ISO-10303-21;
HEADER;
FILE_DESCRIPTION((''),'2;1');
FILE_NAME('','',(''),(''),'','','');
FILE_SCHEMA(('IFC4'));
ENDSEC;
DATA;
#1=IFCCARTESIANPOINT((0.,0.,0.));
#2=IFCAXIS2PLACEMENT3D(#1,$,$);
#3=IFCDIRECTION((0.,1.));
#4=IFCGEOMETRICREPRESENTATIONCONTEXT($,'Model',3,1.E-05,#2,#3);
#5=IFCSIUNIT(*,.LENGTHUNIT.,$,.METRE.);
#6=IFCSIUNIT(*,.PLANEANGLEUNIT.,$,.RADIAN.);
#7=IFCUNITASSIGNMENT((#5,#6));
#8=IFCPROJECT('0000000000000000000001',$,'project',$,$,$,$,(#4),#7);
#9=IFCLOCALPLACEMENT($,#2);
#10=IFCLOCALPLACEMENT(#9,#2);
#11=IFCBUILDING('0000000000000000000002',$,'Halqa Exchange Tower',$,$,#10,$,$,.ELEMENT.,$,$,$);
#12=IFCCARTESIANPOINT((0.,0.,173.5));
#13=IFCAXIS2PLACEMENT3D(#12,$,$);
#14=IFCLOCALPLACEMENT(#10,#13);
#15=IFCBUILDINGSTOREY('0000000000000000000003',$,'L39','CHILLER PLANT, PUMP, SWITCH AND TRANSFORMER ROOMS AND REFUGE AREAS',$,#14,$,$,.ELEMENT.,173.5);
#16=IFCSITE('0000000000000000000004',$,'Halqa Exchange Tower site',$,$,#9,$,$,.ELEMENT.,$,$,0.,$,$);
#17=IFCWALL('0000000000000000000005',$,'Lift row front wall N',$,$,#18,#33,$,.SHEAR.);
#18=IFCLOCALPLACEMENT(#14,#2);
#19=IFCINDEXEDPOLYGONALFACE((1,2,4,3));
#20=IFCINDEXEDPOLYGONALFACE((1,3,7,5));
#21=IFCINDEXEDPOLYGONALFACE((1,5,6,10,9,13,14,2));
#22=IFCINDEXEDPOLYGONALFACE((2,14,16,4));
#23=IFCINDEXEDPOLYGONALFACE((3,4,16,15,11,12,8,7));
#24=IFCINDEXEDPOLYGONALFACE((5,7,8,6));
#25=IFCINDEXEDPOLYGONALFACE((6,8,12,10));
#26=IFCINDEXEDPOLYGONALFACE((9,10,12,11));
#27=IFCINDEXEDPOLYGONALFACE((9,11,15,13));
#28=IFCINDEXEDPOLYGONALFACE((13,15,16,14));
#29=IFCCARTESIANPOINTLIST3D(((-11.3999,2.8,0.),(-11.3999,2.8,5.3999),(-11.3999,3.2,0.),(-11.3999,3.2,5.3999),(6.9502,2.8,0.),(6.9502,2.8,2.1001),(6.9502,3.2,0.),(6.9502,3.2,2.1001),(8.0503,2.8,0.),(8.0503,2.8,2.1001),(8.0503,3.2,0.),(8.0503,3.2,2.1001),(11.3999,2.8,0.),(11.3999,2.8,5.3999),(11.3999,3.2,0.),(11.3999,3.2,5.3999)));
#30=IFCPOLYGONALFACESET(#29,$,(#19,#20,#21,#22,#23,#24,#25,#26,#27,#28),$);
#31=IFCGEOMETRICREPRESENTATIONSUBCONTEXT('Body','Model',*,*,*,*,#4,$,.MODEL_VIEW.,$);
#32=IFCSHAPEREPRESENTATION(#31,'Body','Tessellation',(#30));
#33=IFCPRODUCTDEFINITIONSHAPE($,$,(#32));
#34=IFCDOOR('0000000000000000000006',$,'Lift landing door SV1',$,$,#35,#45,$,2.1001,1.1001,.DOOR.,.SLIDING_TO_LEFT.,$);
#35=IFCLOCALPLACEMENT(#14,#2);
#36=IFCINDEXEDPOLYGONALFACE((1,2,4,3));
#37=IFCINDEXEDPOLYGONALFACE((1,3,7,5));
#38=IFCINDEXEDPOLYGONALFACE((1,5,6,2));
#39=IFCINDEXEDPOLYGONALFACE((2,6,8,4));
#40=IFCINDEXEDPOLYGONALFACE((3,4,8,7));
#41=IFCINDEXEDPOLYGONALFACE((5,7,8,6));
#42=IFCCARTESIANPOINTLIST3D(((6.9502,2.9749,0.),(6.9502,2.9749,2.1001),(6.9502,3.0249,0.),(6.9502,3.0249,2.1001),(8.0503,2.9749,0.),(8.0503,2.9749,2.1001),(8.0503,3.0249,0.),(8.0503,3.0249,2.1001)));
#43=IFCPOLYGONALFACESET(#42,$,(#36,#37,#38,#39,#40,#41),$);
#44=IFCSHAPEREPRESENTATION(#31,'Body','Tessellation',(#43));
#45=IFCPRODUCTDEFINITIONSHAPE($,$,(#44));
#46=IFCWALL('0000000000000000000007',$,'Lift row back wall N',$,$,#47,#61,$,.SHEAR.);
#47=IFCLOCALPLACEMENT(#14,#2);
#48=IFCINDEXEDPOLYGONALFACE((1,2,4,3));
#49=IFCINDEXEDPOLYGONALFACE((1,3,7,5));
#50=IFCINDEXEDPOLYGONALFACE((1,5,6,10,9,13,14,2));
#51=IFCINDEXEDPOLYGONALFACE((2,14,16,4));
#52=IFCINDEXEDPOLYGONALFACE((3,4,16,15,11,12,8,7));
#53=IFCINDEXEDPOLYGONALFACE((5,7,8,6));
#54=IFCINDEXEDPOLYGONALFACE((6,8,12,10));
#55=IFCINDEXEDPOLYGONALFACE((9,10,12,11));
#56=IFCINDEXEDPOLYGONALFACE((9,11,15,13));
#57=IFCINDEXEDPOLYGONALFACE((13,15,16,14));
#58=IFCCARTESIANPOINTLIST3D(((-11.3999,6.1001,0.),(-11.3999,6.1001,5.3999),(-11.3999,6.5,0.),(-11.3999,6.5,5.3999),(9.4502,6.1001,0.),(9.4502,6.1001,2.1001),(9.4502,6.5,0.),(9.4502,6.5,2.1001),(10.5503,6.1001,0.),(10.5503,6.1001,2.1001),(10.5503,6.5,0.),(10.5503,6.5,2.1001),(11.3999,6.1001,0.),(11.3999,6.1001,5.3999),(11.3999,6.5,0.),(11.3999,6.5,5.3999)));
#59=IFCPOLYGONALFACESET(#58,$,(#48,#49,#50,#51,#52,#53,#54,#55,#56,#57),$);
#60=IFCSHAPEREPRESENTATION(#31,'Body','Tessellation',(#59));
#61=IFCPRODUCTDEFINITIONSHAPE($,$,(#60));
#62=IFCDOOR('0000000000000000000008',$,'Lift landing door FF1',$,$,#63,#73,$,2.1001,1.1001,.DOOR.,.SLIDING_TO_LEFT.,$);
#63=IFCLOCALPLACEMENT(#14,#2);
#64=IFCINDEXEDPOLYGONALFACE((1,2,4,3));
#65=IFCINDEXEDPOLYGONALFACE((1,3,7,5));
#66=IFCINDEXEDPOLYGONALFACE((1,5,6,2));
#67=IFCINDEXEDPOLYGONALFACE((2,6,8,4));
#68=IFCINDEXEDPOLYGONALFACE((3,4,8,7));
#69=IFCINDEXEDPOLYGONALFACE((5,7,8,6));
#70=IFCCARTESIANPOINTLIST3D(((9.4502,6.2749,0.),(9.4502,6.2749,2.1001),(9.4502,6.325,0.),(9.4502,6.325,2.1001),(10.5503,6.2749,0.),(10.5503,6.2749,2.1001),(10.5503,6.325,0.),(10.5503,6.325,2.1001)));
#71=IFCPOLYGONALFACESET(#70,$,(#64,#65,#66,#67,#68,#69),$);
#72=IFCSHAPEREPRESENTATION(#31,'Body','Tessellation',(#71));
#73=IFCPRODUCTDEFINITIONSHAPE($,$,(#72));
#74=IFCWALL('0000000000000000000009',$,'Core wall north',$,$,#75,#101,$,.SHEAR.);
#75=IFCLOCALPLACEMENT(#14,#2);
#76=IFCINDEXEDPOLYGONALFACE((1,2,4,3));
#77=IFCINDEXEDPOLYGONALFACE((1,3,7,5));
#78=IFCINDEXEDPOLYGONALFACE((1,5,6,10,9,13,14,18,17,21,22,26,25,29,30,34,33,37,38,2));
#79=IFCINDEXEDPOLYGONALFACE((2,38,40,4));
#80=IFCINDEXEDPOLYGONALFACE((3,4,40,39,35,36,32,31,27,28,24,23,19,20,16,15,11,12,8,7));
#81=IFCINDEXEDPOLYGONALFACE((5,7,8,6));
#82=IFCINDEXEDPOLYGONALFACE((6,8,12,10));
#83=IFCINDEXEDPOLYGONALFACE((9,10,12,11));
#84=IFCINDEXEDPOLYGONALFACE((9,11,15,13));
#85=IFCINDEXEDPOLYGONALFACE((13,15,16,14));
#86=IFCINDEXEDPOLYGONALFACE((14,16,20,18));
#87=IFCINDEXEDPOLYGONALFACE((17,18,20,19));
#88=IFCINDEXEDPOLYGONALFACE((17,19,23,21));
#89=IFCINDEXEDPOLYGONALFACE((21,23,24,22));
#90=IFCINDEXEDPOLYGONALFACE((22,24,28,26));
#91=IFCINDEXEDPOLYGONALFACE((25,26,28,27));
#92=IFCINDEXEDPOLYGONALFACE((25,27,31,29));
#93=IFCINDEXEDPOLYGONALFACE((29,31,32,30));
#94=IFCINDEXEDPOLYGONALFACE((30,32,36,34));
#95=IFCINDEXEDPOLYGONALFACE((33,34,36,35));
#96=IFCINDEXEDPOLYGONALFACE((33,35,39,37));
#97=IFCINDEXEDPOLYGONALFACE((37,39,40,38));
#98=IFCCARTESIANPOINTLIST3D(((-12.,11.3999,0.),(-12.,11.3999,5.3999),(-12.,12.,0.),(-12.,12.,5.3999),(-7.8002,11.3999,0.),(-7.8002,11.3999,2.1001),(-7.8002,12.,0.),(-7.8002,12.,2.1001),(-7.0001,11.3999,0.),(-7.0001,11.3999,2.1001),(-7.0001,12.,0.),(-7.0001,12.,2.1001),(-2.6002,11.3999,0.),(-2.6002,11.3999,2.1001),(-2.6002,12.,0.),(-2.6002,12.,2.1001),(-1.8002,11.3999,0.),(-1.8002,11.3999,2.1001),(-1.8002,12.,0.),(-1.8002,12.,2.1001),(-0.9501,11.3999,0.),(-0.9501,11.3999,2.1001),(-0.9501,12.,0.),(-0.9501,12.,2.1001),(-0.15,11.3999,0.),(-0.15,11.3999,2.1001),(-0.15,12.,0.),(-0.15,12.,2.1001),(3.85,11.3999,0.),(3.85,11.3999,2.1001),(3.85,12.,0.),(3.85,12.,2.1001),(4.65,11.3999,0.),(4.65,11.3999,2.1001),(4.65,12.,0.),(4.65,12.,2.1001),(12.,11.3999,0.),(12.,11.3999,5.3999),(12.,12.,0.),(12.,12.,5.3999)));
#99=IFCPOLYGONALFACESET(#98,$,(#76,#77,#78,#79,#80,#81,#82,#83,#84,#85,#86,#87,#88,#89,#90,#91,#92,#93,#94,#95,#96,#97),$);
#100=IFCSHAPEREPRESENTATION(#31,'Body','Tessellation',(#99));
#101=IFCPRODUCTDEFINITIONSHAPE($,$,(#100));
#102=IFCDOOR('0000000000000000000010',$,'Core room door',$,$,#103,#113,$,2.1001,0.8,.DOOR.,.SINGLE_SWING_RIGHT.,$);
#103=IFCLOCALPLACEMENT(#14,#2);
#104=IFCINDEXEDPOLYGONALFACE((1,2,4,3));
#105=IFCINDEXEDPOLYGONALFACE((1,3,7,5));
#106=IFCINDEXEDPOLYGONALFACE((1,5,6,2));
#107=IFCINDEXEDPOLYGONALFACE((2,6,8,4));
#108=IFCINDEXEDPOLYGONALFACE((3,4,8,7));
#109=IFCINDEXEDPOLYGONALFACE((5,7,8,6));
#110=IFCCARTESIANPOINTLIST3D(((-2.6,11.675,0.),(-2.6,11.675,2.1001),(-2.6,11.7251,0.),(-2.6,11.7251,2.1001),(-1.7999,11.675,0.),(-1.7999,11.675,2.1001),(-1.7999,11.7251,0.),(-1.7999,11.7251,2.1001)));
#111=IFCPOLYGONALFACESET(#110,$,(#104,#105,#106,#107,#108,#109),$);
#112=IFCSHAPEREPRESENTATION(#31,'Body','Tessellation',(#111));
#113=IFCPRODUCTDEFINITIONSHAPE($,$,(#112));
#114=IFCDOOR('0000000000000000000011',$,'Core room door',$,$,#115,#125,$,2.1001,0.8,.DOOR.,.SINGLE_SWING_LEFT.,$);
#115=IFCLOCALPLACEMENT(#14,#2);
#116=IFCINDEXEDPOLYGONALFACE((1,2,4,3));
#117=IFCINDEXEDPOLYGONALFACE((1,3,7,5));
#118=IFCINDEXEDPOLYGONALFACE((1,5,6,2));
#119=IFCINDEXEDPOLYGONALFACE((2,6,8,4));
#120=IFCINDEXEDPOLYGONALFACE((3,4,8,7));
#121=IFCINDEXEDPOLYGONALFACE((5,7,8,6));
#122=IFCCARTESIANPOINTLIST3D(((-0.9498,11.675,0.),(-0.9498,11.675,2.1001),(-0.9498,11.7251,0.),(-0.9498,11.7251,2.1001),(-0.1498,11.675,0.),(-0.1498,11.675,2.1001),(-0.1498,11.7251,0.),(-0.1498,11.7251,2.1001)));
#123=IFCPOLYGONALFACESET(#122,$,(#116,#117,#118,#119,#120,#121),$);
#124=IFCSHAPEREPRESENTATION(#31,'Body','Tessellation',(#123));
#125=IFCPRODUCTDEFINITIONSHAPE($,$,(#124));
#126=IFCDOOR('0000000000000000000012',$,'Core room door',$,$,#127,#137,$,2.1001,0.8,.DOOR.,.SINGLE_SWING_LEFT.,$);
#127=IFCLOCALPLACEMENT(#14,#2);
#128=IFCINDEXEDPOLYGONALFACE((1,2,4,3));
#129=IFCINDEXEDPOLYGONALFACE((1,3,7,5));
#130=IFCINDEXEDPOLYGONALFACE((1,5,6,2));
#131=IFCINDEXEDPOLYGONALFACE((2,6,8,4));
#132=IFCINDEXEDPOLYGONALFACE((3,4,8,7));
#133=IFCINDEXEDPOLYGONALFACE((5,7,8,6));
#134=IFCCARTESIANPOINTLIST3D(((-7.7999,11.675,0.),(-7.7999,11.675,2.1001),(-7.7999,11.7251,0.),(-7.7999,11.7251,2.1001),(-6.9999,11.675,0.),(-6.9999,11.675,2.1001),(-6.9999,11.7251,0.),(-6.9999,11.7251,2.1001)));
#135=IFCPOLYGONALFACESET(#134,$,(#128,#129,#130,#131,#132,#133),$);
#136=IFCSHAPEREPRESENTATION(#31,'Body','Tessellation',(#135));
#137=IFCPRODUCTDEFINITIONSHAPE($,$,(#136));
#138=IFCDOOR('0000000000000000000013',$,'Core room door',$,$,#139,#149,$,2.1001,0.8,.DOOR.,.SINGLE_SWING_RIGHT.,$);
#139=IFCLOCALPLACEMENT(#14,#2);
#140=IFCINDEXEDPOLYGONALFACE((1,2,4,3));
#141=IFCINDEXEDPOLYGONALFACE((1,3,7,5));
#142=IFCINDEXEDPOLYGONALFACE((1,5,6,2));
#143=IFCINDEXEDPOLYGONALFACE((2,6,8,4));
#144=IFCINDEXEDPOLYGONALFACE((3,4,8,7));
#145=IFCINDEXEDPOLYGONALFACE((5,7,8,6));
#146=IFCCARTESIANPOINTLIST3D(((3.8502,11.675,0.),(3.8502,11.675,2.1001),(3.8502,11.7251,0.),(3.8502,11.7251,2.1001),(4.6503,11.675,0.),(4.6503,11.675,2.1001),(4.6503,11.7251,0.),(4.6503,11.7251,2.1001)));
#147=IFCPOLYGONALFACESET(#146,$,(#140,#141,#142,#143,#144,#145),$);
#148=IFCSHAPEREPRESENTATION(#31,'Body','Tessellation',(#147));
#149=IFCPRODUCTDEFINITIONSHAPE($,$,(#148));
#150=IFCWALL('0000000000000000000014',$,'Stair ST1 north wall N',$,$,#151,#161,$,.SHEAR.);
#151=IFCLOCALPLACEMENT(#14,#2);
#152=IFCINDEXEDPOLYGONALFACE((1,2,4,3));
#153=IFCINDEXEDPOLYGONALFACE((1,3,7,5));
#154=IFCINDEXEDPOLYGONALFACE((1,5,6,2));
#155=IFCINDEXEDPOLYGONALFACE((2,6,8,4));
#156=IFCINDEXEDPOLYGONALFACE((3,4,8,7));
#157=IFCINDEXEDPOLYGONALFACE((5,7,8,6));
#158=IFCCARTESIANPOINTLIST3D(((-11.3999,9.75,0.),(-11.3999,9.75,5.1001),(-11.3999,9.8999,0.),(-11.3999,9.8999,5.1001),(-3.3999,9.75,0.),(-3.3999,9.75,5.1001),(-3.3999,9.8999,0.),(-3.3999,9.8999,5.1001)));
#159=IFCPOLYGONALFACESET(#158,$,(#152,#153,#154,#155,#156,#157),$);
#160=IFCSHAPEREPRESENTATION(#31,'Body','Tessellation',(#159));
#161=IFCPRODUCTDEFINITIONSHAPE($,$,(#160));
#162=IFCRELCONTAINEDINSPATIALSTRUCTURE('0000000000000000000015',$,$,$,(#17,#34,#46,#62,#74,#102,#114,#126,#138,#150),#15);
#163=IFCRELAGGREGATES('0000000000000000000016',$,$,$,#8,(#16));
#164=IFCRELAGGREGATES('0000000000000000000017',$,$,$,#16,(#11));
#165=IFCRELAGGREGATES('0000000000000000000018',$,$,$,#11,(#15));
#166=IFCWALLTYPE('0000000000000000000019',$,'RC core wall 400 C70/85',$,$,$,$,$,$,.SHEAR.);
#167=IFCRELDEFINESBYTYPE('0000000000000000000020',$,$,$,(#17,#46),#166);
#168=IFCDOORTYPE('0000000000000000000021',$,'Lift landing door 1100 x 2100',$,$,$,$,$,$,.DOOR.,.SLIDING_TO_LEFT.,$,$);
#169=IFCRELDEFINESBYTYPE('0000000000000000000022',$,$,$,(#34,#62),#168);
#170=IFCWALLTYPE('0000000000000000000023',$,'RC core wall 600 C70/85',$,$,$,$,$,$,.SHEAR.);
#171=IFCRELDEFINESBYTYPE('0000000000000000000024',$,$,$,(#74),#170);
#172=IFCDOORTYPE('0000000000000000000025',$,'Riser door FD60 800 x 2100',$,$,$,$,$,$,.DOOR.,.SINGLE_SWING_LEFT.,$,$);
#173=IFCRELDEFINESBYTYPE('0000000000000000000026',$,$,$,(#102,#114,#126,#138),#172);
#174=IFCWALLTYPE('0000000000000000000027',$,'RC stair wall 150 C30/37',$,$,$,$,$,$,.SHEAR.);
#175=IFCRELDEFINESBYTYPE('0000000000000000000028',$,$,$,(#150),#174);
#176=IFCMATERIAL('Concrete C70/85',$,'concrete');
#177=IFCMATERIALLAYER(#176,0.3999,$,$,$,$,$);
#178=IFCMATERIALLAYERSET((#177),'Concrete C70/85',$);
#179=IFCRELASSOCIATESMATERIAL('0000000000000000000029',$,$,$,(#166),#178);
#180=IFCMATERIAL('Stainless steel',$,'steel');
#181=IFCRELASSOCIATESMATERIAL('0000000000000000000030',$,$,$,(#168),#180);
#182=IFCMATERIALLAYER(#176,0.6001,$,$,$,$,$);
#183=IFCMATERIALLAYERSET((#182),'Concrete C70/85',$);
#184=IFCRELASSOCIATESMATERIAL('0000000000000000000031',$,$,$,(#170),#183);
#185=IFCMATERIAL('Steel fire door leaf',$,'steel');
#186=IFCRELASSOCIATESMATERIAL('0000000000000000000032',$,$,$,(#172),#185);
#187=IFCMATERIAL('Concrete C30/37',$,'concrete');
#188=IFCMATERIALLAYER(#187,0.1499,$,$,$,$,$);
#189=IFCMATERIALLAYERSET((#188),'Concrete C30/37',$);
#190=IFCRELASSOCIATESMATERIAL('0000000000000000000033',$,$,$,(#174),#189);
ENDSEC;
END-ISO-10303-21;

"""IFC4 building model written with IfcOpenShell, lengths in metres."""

from ifc_helpers import new_model, si_unit, direction, frame, frame_2d, origin, place, context, subcontext, project, spatial, rectangle, extrude, material, layer, layer_set, type_object, element, fill, save


model = new_model("IFC4")

# Units and contexts
model_context = context("Model", 3, precision=1e-05, world=origin(), true_north=direction((0.0, 1.0)))
body_context = subcontext(model_context, "Body", "Model", "MODEL_VIEW")
ifc_project = project(units=[si_unit("LENGTHUNIT", "METRE"), si_unit("PLANEANGLEUNIT", "RADIAN")], contexts=[model_context])

# Site, building, storey
site_placement = place(None, origin())
site = spatial("IfcSite", under=ifc_project, at=site_placement, Name="Halqa Exchange Tower site", CompositionType="ELEMENT", RefElevation=0.0)
building_placement = place(site_placement, origin())
building = spatial("IfcBuilding", under=site, at=building_placement, Name="Halqa Exchange Tower", CompositionType="ELEMENT")
storey_placement = place(building_placement, frame((0.0, 0.0, 173.5)))
storey = spatial("IfcBuildingStorey", under=building, at=storey_placement, Name="L39", Description="CHILLER PLANT, PUMP, SWITCH AND TRANSFORMER ROOMS AND REFUGE AREAS", CompositionType="ELEMENT", Elevation=173.5)

# Shared definitions
ifc_material_1 = material(Name="Steel fire door leaf", Category="steel")

# Walls, openings, doors
ifc_material_2 = material(Name="Concrete C70/85", Category="concrete")
ifc_layer_1 = layer(ifc_material_2, 0.3999)
ifc_layer_set_1 = layer_set([ifc_layer_1], Name="Concrete C70/85")
wall_type_1 = type_object("IfcWallType", Name="RC core wall 400 C70/85", PredefinedType="SHEAR", material=ifc_layer_set_1)
wall_1_placement = place(storey_placement, frame((-11.3999, 3.0, 0.0), z_axis=(0.0, 0.0, 1.0), x_axis=(1.0, 0.0, 0.0)))
wall_1 = element("IfcWall", 1, at=wall_1_placement, inside=storey, type_object=wall_type_1, Name="Lift row front wall N", PredefinedType="SHEAR", context=body_context, shape_type="SweptSolid", body=[
    extrude(rectangle(XDim=22.7998, YDim=0.3999, at=frame_2d((11.3999, 0.0))), origin(), (0.0, 0.0, 1.0), 5.3999),
])
opening_1_placement = place(wall_1_placement, frame((18.3501, 0.0, 0.0)))
opening_1 = element("IfcOpeningElement", 2, at=opening_1_placement, cuts=wall_1, PredefinedType="OPENING", context=body_context, shape_type="SweptSolid", body=[
    extrude(rectangle(XDim=1.1001, YDim=2.1001, at=frame_2d((0.55, 1.05))), frame((0.0, 0.2119, 0.0), z_axis=(0.0, -1.0, 0.0), x_axis=(1.0, 0.0, 0.0)), (0.0, 0.0, 1.0), 0.4238),
])
ifc_material_3 = material(Name="Stainless steel", Category="steel")
door_type_1 = type_object("IfcDoorType", Name="Lift landing door 1100 x 2100", OperationType="SLIDING_TO_LEFT", PredefinedType="DOOR", material=ifc_material_3)
door_1_placement = place(opening_1_placement, origin())
door_1 = element("IfcDoor", 3, at=door_1_placement, inside=storey, type_object=door_type_1, Name="Lift landing door SV1", OperationType="SLIDING_TO_LEFT", OverallHeight=2.1001, OverallWidth=1.1001, PredefinedType="DOOR", context=body_context, shape_type="SweptSolid", body=[
    extrude(rectangle(XDim=1.1001, YDim=2.1001, at=frame_2d((0.55, 1.05))), frame((0.0, 0.0249, 0.0), z_axis=(0.0, -1.0, 0.0), x_axis=(1.0, 0.0, 0.0)), (0.0, 0.0, 1.0), 0.05),
])
fill(opening_1, door_1)
wall_2_placement = place(storey_placement, frame((-11.3999, 6.3, 0.0), z_axis=(0.0, 0.0, 1.0), x_axis=(1.0, 0.0, 0.0)))
wall_2 = element("IfcWall", 4, at=wall_2_placement, inside=storey, type_object=wall_type_1, Name="Lift row back wall N", PredefinedType="SHEAR", context=body_context, shape_type="SweptSolid", body=[
    extrude(rectangle(XDim=22.7998, YDim=0.3999, at=frame_2d((11.3999, 0.0))), origin(), (0.0, 0.0, 1.0), 5.3999),
])
opening_2_placement = place(wall_2_placement, frame((20.8501, 0.0, 0.0)))
opening_2 = element("IfcOpeningElement", 5, at=opening_2_placement, cuts=wall_2, PredefinedType="OPENING", context=body_context, shape_type="SweptSolid", body=[
    extrude(rectangle(XDim=1.1001, YDim=2.1001, at=frame_2d((0.55, 1.05))), frame((0.0, 0.2119, 0.0), z_axis=(0.0, -1.0, 0.0), x_axis=(1.0, 0.0, 0.0)), (0.0, 0.0, 1.0), 0.4238),
])
door_2_placement = place(opening_2_placement, origin())
door_2 = element("IfcDoor", 6, at=door_2_placement, inside=storey, type_object=door_type_1, Name="Lift landing door FF1", OperationType="SLIDING_TO_LEFT", OverallHeight=2.1001, OverallWidth=1.1001, PredefinedType="DOOR", context=body_context, shape_type="SweptSolid", body=[
    extrude(rectangle(XDim=1.1001, YDim=2.1001, at=frame_2d((0.55, 1.05))), frame((0.0, 0.0249, 0.0), z_axis=(0.0, -1.0, 0.0), x_axis=(1.0, 0.0, 0.0)), (0.0, 0.0, 1.0), 0.05),
])
fill(opening_2, door_2)

# Wall, openings, doors
ifc_layer_2 = layer(ifc_material_2, 0.6001)
ifc_layer_set_2 = layer_set([ifc_layer_2], Name="Concrete C70/85")
wall_type_2 = type_object("IfcWallType", Name="RC core wall 600 C70/85", PredefinedType="SHEAR", material=ifc_layer_set_2)
wall_3_placement = place(storey_placement, frame((-12.0, 11.7, 0.0), z_axis=(0.0, 0.0, 1.0), x_axis=(1.0, 0.0, 0.0)))
wall_3 = element("IfcWall", 7, at=wall_3_placement, inside=storey, type_object=wall_type_2, Name="Core wall north", PredefinedType="SHEAR", context=body_context, shape_type="SweptSolid", body=[
    extrude(rectangle(XDim=24.0, YDim=0.6001, at=frame_2d((12.0, 0.0))), origin(), (0.0, 0.0, 1.0), 5.3999),
])
opening_3_placement = place(wall_3_placement, frame((9.3999, 0.0, 0.0)))
opening_3 = element("IfcOpeningElement", 8, at=opening_3_placement, cuts=wall_3, PredefinedType="OPENING", context=body_context, shape_type="SweptSolid", body=[
    extrude(rectangle(XDim=0.8, YDim=2.1001, at=frame_2d((0.3999, 1.05))), frame((0.0, 0.312, 0.0), z_axis=(0.0, -1.0, 0.0), x_axis=(1.0, 0.0, 0.0)), (0.0, 0.0, 1.0), 0.624),
])
opening_4_placement = place(wall_3_placement, frame((11.05, 0.0, 0.0)))
opening_4 = element("IfcOpeningElement", 9, at=opening_4_placement, cuts=wall_3, PredefinedType="OPENING", context=body_context, shape_type="SweptSolid", body=[
    extrude(rectangle(XDim=0.8, YDim=2.1001, at=frame_2d((0.3999, 1.05))), frame((0.0, 0.312, 0.0), z_axis=(0.0, -1.0, 0.0), x_axis=(1.0, 0.0, 0.0)), (0.0, 0.0, 1.0), 0.624),
])
opening_5_placement = place(wall_3_placement, frame((4.2, 0.0, 0.0)))
opening_5 = element("IfcOpeningElement", 10, at=opening_5_placement, cuts=wall_3, PredefinedType="OPENING", context=body_context, shape_type="SweptSolid", body=[
    extrude(rectangle(XDim=0.8, YDim=2.1001, at=frame_2d((0.3999, 1.05))), frame((0.0, 0.312, 0.0), z_axis=(0.0, -1.0, 0.0), x_axis=(1.0, 0.0, 0.0)), (0.0, 0.0, 1.0), 0.624),
])
opening_6_placement = place(wall_3_placement, frame((15.8501, 0.0, 0.0)))
opening_6 = element("IfcOpeningElement", 11, at=opening_6_placement, cuts=wall_3, PredefinedType="OPENING", context=body_context, shape_type="SweptSolid", body=[
    extrude(rectangle(XDim=0.8, YDim=2.1001, at=frame_2d((0.3999, 1.05))), frame((0.0, 0.312, 0.0), z_axis=(0.0, -1.0, 0.0), x_axis=(1.0, 0.0, 0.0)), (0.0, 0.0, 1.0), 0.624),
])
door_type_2 = type_object("IfcDoorType", Name="Riser door FD60 800 x 2100", OperationType="SINGLE_SWING_LEFT", PredefinedType="DOOR", material=ifc_material_1)
door_3_placement = place(opening_3_placement, frame((0.8, 0.0, 0.0), z_axis=(0.0, 0.0, 1.0), x_axis=(-1.0, 0.0, 0.0)))
door_3 = element("IfcDoor", 12, at=door_3_placement, inside=storey, type_object=door_type_2, Name="Core room door", OperationType="SINGLE_SWING_RIGHT", OverallHeight=2.1001, OverallWidth=0.8, PredefinedType="DOOR", context=body_context, shape_type="SweptSolid", body=[
    extrude(rectangle(XDim=0.8, YDim=2.1001, at=frame_2d((0.3999, 1.05))), frame((0.0, 0.0249, 0.0), z_axis=(0.0, -1.0, 0.0), x_axis=(1.0, 0.0, 0.0)), (0.0, 0.0, 1.0), 0.05),
])
fill(opening_3, door_3)
door_4_placement = place(opening_4_placement, frame((0.8, 0.0, 0.0), z_axis=(0.0, 0.0, 1.0), x_axis=(-1.0, 0.0, 0.0)))
door_4 = element("IfcDoor", 13, at=door_4_placement, inside=storey, type_object=door_type_2, Name="Core room door", OperationType="SINGLE_SWING_LEFT", OverallHeight=2.1001, OverallWidth=0.8, PredefinedType="DOOR", context=body_context, shape_type="SweptSolid", body=[
    extrude(rectangle(XDim=0.8, YDim=2.1001, at=frame_2d((0.3999, 1.05))), frame((0.0, 0.0249, 0.0), z_axis=(0.0, -1.0, 0.0), x_axis=(1.0, 0.0, 0.0)), (0.0, 0.0, 1.0), 0.05),
])
fill(opening_4, door_4)
door_5_placement = place(opening_5_placement, frame((0.8, 0.0, 0.0), z_axis=(0.0, 0.0, 1.0), x_axis=(-1.0, 0.0, 0.0)))
door_5 = element("IfcDoor", 14, at=door_5_placement, inside=storey, type_object=door_type_2, Name="Core room door", OperationType="SINGLE_SWING_LEFT", OverallHeight=2.1001, OverallWidth=0.8, PredefinedType="DOOR", context=body_context, shape_type="SweptSolid", body=[
    extrude(rectangle(XDim=0.8, YDim=2.1001, at=frame_2d((0.3999, 1.05))), frame((0.0, 0.0249, 0.0), z_axis=(0.0, -1.0, 0.0), x_axis=(1.0, 0.0, 0.0)), (0.0, 0.0, 1.0), 0.05),
])
fill(opening_5, door_5)
door_6_placement = place(opening_6_placement, frame((0.8, 0.0, 0.0), z_axis=(0.0, 0.0, 1.0), x_axis=(-1.0, 0.0, 0.0)))
door_6 = element("IfcDoor", 15, at=door_6_placement, inside=storey, type_object=door_type_2, Name="Core room door", OperationType="SINGLE_SWING_RIGHT", OverallHeight=2.1001, OverallWidth=0.8, PredefinedType="DOOR", context=body_context, shape_type="SweptSolid", body=[
    extrude(rectangle(XDim=0.8, YDim=2.1001, at=frame_2d((0.3999, 1.05))), frame((0.0, 0.0249, 0.0), z_axis=(0.0, -1.0, 0.0), x_axis=(1.0, 0.0, 0.0)), (0.0, 0.0, 1.0), 0.05),
])
fill(opening_6, door_6)

# Wall
ifc_material_4 = material(Name="Concrete C30/37", Category="concrete")
ifc_layer_3 = layer(ifc_material_4, 0.1499)
ifc_layer_set_3 = layer_set([ifc_layer_3], Name="Concrete C30/37")
wall_type_3 = type_object("IfcWallType", Name="RC stair wall 150 C30/37", PredefinedType="SHEAR", material=ifc_layer_set_3)
wall_4_placement = place(storey_placement, frame((-11.3999, 9.825, 0.0), z_axis=(0.0, 0.0, 1.0), x_axis=(1.0, 0.0, 0.0)))
element("IfcWall", 16, at=wall_4_placement, inside=storey, type_object=wall_type_3, Name="Stair ST1 north wall N", PredefinedType="SHEAR", context=body_context, shape_type="SweptSolid", body=[
    extrude(rectangle(XDim=8.0, YDim=0.1499, at=frame_2d((4.0, 0.0))), origin(), (0.0, 0.0, 1.0), 5.1001),
])

save(model, "model.ifc")
